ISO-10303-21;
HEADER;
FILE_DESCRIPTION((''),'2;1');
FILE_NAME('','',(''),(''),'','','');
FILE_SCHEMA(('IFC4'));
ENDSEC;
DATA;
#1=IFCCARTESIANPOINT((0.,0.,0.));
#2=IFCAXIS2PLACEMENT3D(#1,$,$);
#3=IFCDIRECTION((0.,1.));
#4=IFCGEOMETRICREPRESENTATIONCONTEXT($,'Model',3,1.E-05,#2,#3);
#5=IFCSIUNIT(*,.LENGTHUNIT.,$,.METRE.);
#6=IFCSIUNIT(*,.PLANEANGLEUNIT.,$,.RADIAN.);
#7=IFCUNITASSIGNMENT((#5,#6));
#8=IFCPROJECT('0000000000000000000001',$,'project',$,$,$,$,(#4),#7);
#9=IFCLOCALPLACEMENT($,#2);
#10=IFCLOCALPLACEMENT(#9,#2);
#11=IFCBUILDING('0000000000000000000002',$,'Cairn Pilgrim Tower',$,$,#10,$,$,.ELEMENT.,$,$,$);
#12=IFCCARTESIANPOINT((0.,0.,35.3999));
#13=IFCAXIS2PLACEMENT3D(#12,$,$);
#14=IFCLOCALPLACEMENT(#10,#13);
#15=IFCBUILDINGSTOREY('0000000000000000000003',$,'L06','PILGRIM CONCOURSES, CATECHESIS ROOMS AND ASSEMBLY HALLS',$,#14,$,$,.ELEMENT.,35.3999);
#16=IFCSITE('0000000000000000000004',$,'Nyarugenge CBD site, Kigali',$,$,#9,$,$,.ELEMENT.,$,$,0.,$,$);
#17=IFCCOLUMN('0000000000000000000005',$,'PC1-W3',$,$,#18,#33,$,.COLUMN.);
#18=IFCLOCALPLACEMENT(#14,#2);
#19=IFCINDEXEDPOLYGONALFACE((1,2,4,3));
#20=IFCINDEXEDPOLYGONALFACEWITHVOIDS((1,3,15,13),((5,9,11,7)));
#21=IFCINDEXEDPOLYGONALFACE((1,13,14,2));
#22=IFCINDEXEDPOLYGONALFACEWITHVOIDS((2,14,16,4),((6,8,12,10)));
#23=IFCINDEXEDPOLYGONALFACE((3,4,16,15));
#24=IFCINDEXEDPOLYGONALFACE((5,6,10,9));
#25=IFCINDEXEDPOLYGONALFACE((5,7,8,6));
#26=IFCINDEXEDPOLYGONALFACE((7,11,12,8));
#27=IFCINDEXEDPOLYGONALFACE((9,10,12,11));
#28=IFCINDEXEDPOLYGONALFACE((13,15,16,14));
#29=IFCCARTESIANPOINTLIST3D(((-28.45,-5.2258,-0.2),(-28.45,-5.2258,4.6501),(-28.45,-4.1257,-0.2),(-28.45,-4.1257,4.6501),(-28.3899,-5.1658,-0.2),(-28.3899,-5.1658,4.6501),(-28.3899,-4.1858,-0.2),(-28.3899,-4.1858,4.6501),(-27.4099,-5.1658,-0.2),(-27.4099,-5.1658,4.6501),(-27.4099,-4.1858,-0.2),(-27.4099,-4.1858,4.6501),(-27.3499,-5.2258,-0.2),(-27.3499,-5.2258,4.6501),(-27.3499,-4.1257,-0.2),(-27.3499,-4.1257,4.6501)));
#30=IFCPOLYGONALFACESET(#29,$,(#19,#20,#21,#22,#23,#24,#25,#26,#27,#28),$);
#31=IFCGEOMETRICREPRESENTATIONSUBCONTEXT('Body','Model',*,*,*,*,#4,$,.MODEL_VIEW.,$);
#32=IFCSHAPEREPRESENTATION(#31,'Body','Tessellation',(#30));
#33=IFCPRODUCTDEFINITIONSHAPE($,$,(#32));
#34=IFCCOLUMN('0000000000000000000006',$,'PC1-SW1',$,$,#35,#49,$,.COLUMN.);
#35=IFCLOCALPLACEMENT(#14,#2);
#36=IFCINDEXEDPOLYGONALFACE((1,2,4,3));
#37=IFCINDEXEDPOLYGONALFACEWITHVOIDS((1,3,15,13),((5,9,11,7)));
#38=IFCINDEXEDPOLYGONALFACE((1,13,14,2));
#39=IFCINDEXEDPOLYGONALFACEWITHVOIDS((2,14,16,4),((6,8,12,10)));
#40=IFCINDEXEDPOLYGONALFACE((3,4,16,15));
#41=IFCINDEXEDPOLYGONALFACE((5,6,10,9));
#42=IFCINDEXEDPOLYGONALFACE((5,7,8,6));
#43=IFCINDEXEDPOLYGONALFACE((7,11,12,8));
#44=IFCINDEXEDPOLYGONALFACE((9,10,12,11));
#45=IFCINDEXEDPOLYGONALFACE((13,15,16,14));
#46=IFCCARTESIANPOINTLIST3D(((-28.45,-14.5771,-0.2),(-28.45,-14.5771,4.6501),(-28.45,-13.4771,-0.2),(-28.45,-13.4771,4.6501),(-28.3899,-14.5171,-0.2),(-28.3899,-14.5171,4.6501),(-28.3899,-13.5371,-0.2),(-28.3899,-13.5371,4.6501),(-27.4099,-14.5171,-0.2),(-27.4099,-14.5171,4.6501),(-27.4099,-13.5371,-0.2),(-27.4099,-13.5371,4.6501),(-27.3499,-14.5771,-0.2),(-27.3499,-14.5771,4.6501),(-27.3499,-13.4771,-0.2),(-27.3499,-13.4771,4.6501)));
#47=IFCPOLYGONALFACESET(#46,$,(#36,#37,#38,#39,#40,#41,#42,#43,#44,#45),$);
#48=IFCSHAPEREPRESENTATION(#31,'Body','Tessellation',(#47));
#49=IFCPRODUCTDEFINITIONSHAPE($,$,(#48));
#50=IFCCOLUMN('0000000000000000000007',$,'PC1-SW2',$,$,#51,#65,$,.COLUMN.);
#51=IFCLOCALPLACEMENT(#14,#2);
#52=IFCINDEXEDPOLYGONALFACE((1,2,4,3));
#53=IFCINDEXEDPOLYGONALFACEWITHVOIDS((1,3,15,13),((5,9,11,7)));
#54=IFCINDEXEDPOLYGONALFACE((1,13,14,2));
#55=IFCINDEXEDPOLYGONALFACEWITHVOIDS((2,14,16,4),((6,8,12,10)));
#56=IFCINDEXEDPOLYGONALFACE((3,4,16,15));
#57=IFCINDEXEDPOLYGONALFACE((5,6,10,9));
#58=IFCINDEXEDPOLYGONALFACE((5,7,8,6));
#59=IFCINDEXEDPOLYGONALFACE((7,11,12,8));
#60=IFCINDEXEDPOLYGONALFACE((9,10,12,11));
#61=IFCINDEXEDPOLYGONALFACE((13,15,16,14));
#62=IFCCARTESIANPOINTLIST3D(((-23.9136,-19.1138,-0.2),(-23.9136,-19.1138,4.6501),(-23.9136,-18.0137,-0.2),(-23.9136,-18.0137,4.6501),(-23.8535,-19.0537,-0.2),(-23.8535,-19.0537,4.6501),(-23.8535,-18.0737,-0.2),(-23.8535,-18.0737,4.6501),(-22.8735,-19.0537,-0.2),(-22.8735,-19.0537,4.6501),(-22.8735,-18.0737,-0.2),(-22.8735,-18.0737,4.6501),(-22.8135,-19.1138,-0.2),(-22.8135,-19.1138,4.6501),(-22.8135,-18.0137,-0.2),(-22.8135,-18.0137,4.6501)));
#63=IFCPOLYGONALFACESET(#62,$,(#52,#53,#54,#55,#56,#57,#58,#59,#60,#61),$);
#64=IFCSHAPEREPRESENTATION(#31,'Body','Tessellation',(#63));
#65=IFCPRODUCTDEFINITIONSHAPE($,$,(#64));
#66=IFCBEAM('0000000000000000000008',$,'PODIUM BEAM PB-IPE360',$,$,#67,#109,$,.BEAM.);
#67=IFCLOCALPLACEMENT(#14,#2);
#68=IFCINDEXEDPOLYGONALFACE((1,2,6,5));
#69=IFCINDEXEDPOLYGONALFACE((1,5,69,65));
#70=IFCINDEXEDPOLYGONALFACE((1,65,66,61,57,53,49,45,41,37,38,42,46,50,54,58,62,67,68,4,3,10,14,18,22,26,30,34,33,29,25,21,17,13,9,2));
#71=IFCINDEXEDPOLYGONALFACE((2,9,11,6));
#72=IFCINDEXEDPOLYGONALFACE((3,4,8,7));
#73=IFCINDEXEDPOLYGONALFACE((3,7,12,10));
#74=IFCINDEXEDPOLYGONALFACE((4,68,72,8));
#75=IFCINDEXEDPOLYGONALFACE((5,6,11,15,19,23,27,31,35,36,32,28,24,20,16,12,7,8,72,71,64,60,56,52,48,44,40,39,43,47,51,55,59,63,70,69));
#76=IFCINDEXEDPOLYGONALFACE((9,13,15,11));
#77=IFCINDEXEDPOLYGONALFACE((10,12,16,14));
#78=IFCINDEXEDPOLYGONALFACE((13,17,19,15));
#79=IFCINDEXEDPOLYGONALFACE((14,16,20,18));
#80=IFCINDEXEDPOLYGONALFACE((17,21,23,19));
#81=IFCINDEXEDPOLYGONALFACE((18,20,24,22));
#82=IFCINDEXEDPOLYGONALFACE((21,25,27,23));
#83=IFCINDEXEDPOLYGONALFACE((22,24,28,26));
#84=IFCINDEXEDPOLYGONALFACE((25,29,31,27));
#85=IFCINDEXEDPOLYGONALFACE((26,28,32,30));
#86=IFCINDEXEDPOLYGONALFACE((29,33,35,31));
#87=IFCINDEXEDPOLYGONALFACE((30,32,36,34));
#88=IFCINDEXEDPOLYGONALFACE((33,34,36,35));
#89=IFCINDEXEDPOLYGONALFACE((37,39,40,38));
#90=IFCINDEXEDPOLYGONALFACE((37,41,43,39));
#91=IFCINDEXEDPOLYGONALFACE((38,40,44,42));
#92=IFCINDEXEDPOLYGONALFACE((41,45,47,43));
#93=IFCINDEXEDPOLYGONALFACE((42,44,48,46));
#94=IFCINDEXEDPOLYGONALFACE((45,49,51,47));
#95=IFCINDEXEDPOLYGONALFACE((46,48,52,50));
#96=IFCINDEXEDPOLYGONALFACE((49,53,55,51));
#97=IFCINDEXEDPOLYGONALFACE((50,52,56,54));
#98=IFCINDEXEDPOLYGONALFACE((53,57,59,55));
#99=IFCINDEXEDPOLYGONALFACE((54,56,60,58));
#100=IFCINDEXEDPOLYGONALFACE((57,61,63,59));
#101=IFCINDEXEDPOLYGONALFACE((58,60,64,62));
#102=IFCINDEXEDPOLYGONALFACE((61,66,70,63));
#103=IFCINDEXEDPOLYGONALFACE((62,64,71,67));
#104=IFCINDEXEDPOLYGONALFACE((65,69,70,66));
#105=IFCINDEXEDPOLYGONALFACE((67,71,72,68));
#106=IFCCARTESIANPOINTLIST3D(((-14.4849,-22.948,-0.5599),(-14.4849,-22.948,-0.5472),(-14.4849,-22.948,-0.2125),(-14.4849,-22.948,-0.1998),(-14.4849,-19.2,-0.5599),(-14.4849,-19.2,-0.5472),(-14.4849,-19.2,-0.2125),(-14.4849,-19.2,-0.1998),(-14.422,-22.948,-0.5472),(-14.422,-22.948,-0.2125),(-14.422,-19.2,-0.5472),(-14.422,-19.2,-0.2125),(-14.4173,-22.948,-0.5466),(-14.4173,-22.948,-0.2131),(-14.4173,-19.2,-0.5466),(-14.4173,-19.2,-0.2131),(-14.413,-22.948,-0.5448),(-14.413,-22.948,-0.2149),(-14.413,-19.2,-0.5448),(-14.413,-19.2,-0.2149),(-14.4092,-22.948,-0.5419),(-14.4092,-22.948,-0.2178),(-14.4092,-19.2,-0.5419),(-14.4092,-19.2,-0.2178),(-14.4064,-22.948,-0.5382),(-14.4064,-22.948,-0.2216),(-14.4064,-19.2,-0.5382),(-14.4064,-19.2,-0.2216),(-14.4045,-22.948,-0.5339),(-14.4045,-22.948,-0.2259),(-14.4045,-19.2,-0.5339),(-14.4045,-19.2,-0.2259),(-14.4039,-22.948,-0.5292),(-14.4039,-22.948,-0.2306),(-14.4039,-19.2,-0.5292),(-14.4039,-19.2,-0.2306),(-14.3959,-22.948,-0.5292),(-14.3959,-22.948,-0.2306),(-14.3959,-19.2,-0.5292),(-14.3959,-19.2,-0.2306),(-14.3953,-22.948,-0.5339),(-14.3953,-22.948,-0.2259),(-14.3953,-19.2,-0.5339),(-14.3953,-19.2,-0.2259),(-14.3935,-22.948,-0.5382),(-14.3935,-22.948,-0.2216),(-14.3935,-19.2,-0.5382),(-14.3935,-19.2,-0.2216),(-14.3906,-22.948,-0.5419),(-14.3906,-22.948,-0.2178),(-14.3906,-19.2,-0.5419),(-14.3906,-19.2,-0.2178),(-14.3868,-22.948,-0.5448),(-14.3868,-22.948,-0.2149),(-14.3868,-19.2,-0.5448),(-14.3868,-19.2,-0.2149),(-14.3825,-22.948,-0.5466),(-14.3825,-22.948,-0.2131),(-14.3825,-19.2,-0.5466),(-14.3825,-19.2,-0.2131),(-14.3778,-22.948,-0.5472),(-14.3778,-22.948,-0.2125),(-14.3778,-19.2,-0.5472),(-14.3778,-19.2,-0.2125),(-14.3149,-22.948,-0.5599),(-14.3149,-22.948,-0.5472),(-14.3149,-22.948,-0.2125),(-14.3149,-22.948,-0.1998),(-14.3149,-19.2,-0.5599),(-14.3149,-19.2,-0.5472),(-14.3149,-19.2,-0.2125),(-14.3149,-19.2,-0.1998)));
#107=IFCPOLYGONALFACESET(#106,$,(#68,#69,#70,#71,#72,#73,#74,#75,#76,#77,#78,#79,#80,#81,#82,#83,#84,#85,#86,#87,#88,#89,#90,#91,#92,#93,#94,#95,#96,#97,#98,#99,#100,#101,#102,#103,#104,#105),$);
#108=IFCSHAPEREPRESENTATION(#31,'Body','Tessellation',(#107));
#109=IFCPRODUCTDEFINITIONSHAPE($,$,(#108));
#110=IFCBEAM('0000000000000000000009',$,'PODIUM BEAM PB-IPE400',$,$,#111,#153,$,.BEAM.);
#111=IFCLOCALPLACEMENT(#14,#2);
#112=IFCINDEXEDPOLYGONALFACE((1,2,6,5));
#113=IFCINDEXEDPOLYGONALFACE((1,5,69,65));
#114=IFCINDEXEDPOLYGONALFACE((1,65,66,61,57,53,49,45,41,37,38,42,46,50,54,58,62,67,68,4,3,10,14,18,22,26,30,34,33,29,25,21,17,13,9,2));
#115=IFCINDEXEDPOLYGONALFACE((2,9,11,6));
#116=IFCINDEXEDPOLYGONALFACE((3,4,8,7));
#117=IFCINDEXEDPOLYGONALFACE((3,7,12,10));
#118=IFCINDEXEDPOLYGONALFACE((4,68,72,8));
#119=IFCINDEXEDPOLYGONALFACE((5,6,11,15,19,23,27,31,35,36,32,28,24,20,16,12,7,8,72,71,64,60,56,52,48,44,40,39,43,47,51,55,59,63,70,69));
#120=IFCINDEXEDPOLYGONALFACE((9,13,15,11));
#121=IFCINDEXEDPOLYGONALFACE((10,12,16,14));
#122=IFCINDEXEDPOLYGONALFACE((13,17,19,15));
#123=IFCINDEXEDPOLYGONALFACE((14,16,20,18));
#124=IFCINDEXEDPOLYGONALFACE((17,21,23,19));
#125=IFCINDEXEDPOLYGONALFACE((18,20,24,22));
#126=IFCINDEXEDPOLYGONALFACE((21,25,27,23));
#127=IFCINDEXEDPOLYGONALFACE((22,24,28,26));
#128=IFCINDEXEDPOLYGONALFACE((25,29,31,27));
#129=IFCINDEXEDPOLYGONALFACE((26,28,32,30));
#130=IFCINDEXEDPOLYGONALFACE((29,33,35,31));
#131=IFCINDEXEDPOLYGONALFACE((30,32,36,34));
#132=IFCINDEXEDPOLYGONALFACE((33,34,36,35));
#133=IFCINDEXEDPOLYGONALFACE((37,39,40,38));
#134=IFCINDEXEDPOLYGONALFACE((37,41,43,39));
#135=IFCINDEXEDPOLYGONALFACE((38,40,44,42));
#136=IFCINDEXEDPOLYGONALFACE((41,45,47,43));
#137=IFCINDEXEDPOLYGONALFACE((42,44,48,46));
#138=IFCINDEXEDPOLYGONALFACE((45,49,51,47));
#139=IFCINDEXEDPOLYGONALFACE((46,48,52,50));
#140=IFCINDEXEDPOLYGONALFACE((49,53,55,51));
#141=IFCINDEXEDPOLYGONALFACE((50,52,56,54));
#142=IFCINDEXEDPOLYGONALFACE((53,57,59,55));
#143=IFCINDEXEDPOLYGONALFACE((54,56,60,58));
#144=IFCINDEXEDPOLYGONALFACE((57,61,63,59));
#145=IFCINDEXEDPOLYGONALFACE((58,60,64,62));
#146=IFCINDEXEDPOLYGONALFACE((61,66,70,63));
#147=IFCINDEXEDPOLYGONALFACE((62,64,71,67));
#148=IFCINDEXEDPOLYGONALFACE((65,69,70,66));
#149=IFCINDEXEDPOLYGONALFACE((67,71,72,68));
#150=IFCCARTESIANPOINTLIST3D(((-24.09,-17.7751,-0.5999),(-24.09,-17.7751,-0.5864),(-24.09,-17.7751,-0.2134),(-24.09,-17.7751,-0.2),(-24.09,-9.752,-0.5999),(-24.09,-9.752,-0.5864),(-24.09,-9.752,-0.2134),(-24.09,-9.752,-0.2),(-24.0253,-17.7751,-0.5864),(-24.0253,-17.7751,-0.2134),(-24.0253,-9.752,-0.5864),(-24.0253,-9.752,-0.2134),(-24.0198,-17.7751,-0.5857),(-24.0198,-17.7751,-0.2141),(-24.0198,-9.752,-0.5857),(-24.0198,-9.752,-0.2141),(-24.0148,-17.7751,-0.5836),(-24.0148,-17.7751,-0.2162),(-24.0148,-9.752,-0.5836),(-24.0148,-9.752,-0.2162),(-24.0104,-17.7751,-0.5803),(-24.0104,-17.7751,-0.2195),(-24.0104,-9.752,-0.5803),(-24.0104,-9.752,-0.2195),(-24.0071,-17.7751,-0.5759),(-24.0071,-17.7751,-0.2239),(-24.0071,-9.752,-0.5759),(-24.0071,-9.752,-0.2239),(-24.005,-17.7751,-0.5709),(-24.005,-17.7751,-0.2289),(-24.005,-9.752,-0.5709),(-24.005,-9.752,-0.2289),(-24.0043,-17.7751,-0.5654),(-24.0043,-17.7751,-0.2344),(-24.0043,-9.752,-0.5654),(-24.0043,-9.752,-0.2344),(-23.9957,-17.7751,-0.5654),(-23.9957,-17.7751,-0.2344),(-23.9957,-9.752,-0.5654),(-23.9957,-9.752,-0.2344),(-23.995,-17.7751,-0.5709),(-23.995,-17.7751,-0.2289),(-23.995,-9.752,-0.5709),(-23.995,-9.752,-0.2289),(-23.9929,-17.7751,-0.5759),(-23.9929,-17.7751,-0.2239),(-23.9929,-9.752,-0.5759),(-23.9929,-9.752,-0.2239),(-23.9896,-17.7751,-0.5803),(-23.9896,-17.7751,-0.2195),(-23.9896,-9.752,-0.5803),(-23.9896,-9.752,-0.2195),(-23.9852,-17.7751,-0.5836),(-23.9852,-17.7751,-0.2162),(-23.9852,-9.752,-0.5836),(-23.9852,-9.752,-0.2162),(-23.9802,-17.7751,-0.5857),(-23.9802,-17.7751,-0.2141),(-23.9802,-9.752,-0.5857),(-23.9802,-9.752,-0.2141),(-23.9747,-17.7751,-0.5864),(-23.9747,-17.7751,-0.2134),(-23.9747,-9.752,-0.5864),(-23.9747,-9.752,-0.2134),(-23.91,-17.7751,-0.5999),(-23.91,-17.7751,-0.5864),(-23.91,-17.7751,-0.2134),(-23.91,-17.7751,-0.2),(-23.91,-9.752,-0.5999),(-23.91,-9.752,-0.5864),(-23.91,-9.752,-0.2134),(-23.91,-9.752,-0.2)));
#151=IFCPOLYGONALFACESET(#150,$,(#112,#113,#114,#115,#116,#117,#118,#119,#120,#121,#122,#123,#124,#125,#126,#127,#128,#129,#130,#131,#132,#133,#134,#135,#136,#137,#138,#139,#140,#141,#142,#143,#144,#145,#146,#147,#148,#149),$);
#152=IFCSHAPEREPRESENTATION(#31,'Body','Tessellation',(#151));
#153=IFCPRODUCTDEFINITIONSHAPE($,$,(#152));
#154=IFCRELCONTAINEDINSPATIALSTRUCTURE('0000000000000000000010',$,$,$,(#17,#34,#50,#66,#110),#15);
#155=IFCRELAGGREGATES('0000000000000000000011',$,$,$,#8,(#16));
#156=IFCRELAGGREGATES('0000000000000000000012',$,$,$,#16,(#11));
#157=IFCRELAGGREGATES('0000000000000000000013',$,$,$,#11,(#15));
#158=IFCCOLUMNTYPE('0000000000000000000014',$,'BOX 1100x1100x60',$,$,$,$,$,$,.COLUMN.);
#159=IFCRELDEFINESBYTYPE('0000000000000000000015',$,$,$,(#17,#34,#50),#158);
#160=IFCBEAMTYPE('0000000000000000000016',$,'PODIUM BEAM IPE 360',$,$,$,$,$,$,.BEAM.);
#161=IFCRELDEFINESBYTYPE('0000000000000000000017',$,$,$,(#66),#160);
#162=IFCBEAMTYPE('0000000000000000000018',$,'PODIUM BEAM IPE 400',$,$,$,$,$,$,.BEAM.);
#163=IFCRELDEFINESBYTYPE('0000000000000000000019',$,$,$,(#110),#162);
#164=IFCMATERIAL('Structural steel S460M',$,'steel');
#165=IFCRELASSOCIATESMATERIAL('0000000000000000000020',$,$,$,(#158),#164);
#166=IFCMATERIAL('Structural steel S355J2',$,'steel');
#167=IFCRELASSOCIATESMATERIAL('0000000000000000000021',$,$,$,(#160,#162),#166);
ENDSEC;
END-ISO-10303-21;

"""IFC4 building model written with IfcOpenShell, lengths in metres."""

from ifc_helpers import new_model, si_unit, direction, frame, origin, origin_2d, place, context, subcontext, project, spatial, hollow_rectangle, i_section, extrude, material, material_profile, profile_set, type_object, element, save


model = new_model("IFC4")

# Units and contexts
model_context = context("Model", 3, precision=1e-05, world=origin(), true_north=direction((0.0, 1.0)))
body_context = subcontext(model_context, "Body", "Model", "MODEL_VIEW")
ifc_project = project(units=[si_unit("LENGTHUNIT", "METRE"), si_unit("PLANEANGLEUNIT", "RADIAN")], contexts=[model_context])

# Site, building, storey
site_placement = place(None, origin())
site = spatial("IfcSite", under=ifc_project, at=site_placement, Name="Nyarugenge CBD site, Kigali", CompositionType="ELEMENT", RefElevation=0.0)
building_placement = place(site_placement, origin())
building = spatial("IfcBuilding", under=site, at=building_placement, Name="Cairn Pilgrim Tower", CompositionType="ELEMENT")
storey_placement = place(building_placement, frame((0.0, 0.0, 35.3999)))
storey = spatial("IfcBuildingStorey", under=building, at=storey_placement, Name="L06", Description="PILGRIM CONCOURSES, CATECHESIS ROOMS AND ASSEMBLY HALLS", CompositionType="ELEMENT", Elevation=35.3999)

# Columns
ifc_material_1 = material(Name="Structural steel S460M", Category="steel")
ifc_material_profile_1 = material_profile(ifc_material_1, hollow_rectangle(XDim=1.1001, YDim=1.1001, WallThickness=0.0601, at=origin_2d()), Name="BOX 1100x1100x60")
ifc_profile_set_1 = profile_set([ifc_material_profile_1], Name="Structural steel S460M")
column_type = type_object("IfcColumnType", Name="BOX 1100x1100x60", PredefinedType="COLUMN", material=ifc_profile_set_1)
for number, where, z_axis, x_axis, name in (
    (1, (-27.8999, -4.6758, -0.2), (0.0, 0.0, 1.0), (1.0, 0.0, 0.0), "PC1-W3"),
    (2, (-27.8999, -14.0271, -0.2), (0.0, 0.0, 1.0), (1.0, 0.0, 0.0), "PC1-SW1"),
    (3, (-23.3635, -18.5637, -0.2), (0.0, 0.0, 1.0), (1.0, 0.0, 0.0), "PC1-SW2"),
):
    element("IfcColumn", number, at=place(storey_placement, frame(where, z_axis=z_axis, x_axis=x_axis)), inside=storey, type_object=column_type, Name=name, PredefinedType="COLUMN", context=body_context, shape_type="SweptSolid", body=[
        extrude(hollow_rectangle(XDim=1.1001, YDim=1.1001, WallThickness=0.0601, at=origin_2d()), origin(), (0.0, 0.0, 1.0), 4.8501),
    ])

# Beams
ifc_material_2 = material(Name="Structural steel S355J2", Category="steel")
ifc_material_profile_2 = material_profile(ifc_material_2, i_section(OverallWidth=0.1699, OverallDepth=0.3601, WebThickness=0.0081, FlangeThickness=0.0127, FilletRadius=0.0181, at=origin_2d()), Name="IPE 360")
ifc_profile_set_2 = profile_set([ifc_material_profile_2], Name="Structural steel S355J2")
beam_type_1 = type_object("IfcBeamType", Name="PODIUM BEAM IPE 360", PredefinedType="BEAM", material=ifc_profile_set_2)
beam_1_placement = place(storey_placement, frame((-14.3999, -22.948, -0.3799), z_axis=(0.0, 1.0, 0.0), x_axis=(-1.0, 0.0, 0.0)))
element("IfcBeam", 4, at=beam_1_placement, inside=storey, type_object=beam_type_1, Name="PODIUM BEAM PB-IPE360", PredefinedType="BEAM", context=body_context, shape_type="SweptSolid", body=[
    extrude(i_section(OverallWidth=0.1699, OverallDepth=0.3601, WebThickness=0.0081, FlangeThickness=0.0127, FilletRadius=0.0181, at=origin_2d()), origin(), (0.0, 0.0, 1.0), 3.748),
])
ifc_material_profile_3 = material_profile(ifc_material_2, i_section(OverallWidth=0.1799, OverallDepth=0.3999, WebThickness=0.0085, FlangeThickness=0.0134, FilletRadius=0.021, at=origin_2d()), Name="IPE 400")
ifc_profile_set_3 = profile_set([ifc_material_profile_3], Name="Structural steel S355J2")
beam_type_2 = type_object("IfcBeamType", Name="PODIUM BEAM IPE 400", PredefinedType="BEAM", material=ifc_profile_set_3)
beam_2_placement = place(storey_placement, frame((-24.0, -17.7751, -0.3999), z_axis=(0.0, 1.0, 0.0), x_axis=(-1.0, 0.0, 0.0)))
element("IfcBeam", 5, at=beam_2_placement, inside=storey, type_object=beam_type_2, Name="PODIUM BEAM PB-IPE400", PredefinedType="BEAM", context=body_context, shape_type="SweptSolid", body=[
    extrude(i_section(OverallWidth=0.1799, OverallDepth=0.3999, WebThickness=0.0085, FlangeThickness=0.0134, FilletRadius=0.021, at=origin_2d()), origin(), (0.0, 0.0, 1.0), 8.0232),
])

save(model, "model.ifc")
